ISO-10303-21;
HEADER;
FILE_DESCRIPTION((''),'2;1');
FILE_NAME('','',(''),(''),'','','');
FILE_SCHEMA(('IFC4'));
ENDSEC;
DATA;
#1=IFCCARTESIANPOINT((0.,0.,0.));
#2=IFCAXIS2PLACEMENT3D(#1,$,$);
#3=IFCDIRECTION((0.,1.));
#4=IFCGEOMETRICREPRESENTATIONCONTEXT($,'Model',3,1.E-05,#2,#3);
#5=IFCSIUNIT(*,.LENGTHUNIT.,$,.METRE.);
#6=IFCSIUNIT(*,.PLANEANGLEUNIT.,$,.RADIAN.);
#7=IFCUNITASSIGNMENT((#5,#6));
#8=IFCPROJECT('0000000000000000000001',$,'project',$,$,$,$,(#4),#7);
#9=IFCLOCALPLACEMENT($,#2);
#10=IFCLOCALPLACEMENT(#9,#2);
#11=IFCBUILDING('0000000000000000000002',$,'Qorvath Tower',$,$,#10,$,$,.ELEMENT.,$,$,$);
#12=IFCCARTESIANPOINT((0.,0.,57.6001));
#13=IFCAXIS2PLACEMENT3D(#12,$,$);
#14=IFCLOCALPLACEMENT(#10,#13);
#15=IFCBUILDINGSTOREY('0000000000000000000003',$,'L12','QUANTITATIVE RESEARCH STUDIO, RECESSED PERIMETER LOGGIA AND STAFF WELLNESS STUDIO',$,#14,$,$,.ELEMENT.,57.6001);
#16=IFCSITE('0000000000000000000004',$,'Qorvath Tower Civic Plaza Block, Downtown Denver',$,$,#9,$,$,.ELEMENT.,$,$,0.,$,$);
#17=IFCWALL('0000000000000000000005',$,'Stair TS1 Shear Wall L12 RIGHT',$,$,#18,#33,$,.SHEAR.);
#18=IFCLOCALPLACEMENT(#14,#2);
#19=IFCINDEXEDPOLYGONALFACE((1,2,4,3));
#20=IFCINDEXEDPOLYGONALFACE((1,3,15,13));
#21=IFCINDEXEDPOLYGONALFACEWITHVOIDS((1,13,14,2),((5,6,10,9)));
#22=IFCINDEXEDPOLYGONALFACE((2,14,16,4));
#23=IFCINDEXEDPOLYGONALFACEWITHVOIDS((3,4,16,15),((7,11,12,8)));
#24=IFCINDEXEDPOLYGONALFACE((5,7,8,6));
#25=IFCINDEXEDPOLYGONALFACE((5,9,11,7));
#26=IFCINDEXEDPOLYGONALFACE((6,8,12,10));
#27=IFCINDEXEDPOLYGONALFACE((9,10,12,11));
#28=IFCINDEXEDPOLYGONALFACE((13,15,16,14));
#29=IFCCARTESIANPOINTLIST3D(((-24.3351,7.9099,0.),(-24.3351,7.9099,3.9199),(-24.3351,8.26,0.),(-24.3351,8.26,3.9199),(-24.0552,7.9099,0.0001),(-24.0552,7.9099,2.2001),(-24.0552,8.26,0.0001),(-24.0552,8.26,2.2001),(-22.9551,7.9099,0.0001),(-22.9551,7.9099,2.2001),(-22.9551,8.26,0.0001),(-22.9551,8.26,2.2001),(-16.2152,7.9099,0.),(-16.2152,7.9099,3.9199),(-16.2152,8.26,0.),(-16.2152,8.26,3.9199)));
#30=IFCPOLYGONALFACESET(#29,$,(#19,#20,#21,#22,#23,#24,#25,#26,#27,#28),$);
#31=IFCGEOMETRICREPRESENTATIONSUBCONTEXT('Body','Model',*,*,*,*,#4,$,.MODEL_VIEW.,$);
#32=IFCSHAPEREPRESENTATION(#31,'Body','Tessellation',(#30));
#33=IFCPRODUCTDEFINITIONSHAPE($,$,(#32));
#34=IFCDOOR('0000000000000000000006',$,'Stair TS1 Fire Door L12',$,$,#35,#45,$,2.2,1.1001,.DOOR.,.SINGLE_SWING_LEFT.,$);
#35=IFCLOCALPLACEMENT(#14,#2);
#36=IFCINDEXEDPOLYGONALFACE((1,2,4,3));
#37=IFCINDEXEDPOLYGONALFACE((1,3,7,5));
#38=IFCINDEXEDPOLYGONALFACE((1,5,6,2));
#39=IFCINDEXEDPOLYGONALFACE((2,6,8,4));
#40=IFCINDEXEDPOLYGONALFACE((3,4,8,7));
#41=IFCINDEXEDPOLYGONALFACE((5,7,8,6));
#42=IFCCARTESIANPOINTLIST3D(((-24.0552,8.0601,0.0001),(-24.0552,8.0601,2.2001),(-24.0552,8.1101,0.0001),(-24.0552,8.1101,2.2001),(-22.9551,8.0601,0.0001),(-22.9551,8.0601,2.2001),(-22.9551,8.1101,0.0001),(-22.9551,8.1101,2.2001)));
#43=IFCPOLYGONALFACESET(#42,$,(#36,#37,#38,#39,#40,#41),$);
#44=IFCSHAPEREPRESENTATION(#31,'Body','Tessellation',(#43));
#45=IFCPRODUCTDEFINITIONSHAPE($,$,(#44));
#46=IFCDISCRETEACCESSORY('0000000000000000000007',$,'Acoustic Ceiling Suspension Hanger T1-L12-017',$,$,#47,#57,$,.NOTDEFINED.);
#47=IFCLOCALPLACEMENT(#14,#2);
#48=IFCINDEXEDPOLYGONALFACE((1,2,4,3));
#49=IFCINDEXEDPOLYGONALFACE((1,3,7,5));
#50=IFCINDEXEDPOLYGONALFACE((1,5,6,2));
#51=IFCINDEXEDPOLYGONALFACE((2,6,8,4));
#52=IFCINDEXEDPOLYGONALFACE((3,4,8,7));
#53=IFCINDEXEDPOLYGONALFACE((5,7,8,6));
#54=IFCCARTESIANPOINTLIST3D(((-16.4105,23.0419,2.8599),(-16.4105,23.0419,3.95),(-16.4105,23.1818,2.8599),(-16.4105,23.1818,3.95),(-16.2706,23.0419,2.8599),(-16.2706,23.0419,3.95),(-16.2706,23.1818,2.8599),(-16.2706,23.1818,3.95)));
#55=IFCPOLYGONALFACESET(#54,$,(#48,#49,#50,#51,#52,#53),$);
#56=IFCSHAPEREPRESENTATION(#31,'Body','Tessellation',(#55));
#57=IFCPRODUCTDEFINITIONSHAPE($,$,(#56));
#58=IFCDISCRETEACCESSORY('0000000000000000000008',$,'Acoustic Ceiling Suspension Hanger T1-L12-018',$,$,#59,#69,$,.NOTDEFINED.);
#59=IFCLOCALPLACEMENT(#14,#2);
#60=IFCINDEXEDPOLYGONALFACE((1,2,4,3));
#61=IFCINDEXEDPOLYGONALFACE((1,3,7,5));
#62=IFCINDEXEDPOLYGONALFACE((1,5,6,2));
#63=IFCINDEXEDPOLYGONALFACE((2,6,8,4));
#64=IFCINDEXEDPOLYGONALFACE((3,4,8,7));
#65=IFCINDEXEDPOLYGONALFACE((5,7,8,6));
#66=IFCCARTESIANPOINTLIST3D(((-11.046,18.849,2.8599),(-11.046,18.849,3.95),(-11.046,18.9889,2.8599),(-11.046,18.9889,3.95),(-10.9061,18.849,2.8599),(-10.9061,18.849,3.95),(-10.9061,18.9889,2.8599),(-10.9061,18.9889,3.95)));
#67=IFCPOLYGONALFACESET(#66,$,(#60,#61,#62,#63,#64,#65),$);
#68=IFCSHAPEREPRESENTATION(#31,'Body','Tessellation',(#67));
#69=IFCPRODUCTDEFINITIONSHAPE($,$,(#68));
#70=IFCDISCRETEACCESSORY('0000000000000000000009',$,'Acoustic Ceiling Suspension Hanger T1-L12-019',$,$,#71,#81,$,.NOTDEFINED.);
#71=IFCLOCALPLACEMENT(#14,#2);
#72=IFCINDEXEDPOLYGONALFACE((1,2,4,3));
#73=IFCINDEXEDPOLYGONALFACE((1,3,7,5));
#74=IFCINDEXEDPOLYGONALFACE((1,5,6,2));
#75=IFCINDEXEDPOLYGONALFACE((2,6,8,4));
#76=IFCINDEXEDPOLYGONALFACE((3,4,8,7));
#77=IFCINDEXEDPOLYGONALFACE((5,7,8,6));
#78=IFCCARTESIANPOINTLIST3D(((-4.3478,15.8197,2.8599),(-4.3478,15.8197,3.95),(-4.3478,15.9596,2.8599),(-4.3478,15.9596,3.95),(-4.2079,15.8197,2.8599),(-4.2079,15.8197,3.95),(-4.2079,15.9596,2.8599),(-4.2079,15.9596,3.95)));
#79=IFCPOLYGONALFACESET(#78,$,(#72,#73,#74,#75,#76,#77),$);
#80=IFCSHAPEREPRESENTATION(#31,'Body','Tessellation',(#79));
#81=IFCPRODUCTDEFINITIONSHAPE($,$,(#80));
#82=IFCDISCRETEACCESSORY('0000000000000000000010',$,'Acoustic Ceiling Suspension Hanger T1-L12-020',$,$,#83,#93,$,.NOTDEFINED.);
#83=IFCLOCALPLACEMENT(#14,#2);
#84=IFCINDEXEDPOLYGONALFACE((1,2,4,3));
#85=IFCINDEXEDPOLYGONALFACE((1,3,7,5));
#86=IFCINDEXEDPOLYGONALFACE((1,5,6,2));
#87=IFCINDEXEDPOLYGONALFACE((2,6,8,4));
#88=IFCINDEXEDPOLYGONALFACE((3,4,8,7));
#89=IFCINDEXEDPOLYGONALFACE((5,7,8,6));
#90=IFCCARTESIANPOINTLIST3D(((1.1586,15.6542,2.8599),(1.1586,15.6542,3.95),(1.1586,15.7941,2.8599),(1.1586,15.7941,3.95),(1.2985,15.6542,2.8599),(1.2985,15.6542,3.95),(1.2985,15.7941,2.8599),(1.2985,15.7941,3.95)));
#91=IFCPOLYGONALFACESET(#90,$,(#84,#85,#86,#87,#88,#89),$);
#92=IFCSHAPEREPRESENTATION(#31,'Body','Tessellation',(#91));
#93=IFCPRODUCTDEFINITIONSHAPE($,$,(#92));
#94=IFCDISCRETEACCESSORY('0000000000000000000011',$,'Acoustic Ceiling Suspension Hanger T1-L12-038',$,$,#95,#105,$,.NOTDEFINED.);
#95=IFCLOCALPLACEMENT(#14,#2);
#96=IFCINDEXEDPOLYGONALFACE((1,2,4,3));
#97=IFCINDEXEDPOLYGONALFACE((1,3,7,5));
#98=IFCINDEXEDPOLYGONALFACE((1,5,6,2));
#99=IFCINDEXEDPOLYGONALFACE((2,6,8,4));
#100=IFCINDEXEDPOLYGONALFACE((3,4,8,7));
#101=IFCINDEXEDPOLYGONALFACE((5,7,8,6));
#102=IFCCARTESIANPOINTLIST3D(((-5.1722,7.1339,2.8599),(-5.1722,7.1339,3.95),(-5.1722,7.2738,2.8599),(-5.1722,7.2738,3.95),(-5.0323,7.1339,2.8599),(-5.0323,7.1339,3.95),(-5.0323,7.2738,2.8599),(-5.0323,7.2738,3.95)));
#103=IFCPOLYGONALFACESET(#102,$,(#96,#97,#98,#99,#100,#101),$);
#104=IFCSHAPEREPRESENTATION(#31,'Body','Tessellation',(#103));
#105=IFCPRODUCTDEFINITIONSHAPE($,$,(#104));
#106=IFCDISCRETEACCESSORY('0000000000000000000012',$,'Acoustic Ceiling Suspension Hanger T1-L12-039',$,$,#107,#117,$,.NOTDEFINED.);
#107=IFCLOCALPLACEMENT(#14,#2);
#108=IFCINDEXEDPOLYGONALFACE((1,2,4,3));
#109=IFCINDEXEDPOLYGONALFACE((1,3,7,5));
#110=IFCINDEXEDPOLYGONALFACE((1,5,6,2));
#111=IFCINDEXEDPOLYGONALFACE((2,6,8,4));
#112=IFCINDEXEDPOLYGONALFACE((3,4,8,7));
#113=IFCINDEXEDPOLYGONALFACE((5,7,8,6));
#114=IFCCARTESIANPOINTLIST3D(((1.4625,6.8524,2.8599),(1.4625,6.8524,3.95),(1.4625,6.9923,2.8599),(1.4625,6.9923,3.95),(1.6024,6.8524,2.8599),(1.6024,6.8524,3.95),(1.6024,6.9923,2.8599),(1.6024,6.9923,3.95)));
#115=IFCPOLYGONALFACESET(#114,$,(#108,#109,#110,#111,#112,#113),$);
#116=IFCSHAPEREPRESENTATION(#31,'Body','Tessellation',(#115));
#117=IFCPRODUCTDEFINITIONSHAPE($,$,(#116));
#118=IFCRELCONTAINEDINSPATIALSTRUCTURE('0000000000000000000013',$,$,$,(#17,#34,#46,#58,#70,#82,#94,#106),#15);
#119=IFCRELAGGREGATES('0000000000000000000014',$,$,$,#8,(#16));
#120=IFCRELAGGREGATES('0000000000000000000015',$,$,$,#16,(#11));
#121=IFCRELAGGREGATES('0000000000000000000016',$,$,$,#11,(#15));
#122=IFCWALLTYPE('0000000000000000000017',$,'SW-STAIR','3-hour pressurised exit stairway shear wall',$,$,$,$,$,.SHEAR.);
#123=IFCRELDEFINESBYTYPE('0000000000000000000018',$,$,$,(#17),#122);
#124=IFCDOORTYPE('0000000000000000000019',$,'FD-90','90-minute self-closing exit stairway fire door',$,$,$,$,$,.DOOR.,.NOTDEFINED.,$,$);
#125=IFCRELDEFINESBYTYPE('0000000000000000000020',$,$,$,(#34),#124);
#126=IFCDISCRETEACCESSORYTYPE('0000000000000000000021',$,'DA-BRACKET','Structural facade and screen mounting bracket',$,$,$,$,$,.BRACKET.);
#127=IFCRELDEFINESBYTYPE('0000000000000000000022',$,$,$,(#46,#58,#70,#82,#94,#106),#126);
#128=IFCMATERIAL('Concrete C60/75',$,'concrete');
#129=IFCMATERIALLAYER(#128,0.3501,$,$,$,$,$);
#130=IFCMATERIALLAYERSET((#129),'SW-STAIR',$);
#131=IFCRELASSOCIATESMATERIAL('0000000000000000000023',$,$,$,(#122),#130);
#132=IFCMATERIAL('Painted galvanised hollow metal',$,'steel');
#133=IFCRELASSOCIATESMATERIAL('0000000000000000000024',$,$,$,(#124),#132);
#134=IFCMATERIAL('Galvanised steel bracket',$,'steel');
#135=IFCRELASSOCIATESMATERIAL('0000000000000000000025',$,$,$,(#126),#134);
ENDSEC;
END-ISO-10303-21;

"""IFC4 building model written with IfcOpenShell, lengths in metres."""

from ifc_helpers import new_model, si_unit, direction, frame, frame_2d, origin, origin_2d, place, context, subcontext, project, spatial, rectangle, extrude, material, layer, layer_set, type_object, element, fill, save


model = new_model("IFC4")

# Units and contexts
model_context = context("Model", 3, precision=1e-05, world=origin(), true_north=direction((0.0, 1.0)))
body_context = subcontext(model_context, "Body", "Model", "MODEL_VIEW")
ifc_project = project(units=[si_unit("LENGTHUNIT", "METRE"), si_unit("PLANEANGLEUNIT", "RADIAN")], contexts=[model_context])

# Site, building, storey
site_placement = place(None, origin())
site = spatial("IfcSite", under=ifc_project, at=site_placement, Name="Qorvath Tower Civic Plaza Block, Downtown Denver", CompositionType="ELEMENT", RefElevation=0.0)
building_placement = place(site_placement, origin())
building = spatial("IfcBuilding", under=site, at=building_placement, Name="Qorvath Tower", CompositionType="ELEMENT")
storey_placement = place(building_placement, frame((0.0, 0.0, 57.6001)))
storey = spatial("IfcBuildingStorey", under=building, at=storey_placement, Name="L12", Description="QUANTITATIVE RESEARCH STUDIO, RECESSED PERIMETER LOGGIA AND STAFF WELLNESS STUDIO", CompositionType="ELEMENT", Elevation=57.6001)

# Wall, opening, door
ifc_material_1 = material(Name="Concrete C60/75", Category="concrete")
ifc_layer_1 = layer(ifc_material_1, 0.3501)
ifc_layer_set_1 = layer_set([ifc_layer_1], Name="SW-STAIR")
wall_type_1 = type_object("IfcWallType", Name="SW-STAIR", Description="3-hour pressurised exit stairway shear wall", PredefinedType="SHEAR", material=ifc_layer_set_1)
wall_1_placement = place(storey_placement, frame((-16.2151, 8.085, 0.0), z_axis=(0.0, 0.0, 1.0), x_axis=(-1.0, 0.0, 0.0)))
wall_1 = element("IfcWall", 1, at=wall_1_placement, inside=storey, type_object=wall_type_1, Name="Stair TS1 Shear Wall L12 RIGHT", PredefinedType="SHEAR", context=body_context, shape_type="SweptSolid", body=[
    extrude(rectangle(XDim=8.1199, YDim=0.3501, at=frame_2d((4.0601, 0.0))), origin(), (0.0, 0.0, 1.0), 3.9199),
])
opening_1_placement = place(wall_1_placement, frame((6.74, 0.0, 0.0)))
opening_1 = element("IfcOpeningElement", 2, at=opening_1_placement, cuts=wall_1, PredefinedType="OPENING", context=body_context, shape_type="SweptSolid", body=[
    extrude(rectangle(XDim=1.1001, YDim=2.2, at=frame_2d((0.55, 1.1001))), frame((0.0, 0.1851, 0.0), z_axis=(0.0, -1.0, 0.0), x_axis=(1.0, 0.0, 0.0)), (0.0, 0.0, 1.0), 0.3701),
])
ifc_material_2 = material(Name="Painted galvanised hollow metal", Category="steel")
door_type_1 = type_object("IfcDoorType", Name="FD-90", Description="90-minute self-closing exit stairway fire door", OperationType="NOTDEFINED", PredefinedType="DOOR", material=ifc_material_2)
door_1_placement = place(opening_1_placement, origin())
door_1 = element("IfcDoor", 3, at=door_1_placement, inside=storey, type_object=door_type_1, Name="Stair TS1 Fire Door L12", OperationType="SINGLE_SWING_LEFT", OverallHeight=2.2, OverallWidth=1.1001, PredefinedType="DOOR", context=body_context, shape_type="SweptSolid", body=[
    extrude(rectangle(XDim=1.1001, YDim=2.2, at=frame_2d((0.55, 1.1001))), frame((0.0, 0.0249, 0.0), z_axis=(0.0, -1.0, 0.0), x_axis=(1.0, 0.0, 0.0)), (0.0, 0.0, 1.0), 0.05),
])
fill(opening_1, door_1)

# Discrete accessories
ifc_material_3 = material(Name="Galvanised steel bracket", Category="steel")
discrete_accessory_type = type_object("IfcDiscreteAccessoryType", Name="DA-BRACKET", Description="Structural facade and screen mounting bracket", PredefinedType="BRACKET", material=ifc_material_3)
for number, where, z_axis, x_axis, name in (
    (4, (-16.3406, 23.1118, 2.8599), (0.0, 0.0, 1.0), (1.0, 0.0, 0.0), "Acoustic Ceiling Suspension Hanger T1-L12-017"),
    (5, (-10.9761, 18.9189, 2.8599), (0.0, 0.0, 1.0), (1.0, 0.0, 0.0), "Acoustic Ceiling Suspension Hanger T1-L12-018"),
    (6, (-4.2778, 15.8896, 2.8599), (0.0, 0.0, 1.0), (1.0, 0.0, 0.0), "Acoustic Ceiling Suspension Hanger T1-L12-019"),
    (7, (1.2285, 15.7241, 2.8599), (0.0, 0.0, 1.0), (1.0, 0.0, 0.0), "Acoustic Ceiling Suspension Hanger T1-L12-020"),
    (8, (-5.1023, 7.2039, 2.8599), (0.0, 0.0, 1.0), (1.0, 0.0, 0.0), "Acoustic Ceiling Suspension Hanger T1-L12-038"),
    (9, (1.5325, 6.9224, 2.8599), (0.0, 0.0, 1.0), (1.0, 0.0, 0.0), "Acoustic Ceiling Suspension Hanger T1-L12-039"),
):
    element("IfcDiscreteAccessory", number, at=place(storey_placement, frame(where, z_axis=z_axis, x_axis=x_axis)), inside=storey, type_object=discrete_accessory_type, Name=name, PredefinedType="NOTDEFINED", context=body_context, shape_type="SweptSolid", body=[
        extrude(rectangle(XDim=0.1399, YDim=0.1399, at=origin_2d()), origin(), (0.0, 0.0, 1.0), 1.0901),
    ])

save(model, "model.ifc")
